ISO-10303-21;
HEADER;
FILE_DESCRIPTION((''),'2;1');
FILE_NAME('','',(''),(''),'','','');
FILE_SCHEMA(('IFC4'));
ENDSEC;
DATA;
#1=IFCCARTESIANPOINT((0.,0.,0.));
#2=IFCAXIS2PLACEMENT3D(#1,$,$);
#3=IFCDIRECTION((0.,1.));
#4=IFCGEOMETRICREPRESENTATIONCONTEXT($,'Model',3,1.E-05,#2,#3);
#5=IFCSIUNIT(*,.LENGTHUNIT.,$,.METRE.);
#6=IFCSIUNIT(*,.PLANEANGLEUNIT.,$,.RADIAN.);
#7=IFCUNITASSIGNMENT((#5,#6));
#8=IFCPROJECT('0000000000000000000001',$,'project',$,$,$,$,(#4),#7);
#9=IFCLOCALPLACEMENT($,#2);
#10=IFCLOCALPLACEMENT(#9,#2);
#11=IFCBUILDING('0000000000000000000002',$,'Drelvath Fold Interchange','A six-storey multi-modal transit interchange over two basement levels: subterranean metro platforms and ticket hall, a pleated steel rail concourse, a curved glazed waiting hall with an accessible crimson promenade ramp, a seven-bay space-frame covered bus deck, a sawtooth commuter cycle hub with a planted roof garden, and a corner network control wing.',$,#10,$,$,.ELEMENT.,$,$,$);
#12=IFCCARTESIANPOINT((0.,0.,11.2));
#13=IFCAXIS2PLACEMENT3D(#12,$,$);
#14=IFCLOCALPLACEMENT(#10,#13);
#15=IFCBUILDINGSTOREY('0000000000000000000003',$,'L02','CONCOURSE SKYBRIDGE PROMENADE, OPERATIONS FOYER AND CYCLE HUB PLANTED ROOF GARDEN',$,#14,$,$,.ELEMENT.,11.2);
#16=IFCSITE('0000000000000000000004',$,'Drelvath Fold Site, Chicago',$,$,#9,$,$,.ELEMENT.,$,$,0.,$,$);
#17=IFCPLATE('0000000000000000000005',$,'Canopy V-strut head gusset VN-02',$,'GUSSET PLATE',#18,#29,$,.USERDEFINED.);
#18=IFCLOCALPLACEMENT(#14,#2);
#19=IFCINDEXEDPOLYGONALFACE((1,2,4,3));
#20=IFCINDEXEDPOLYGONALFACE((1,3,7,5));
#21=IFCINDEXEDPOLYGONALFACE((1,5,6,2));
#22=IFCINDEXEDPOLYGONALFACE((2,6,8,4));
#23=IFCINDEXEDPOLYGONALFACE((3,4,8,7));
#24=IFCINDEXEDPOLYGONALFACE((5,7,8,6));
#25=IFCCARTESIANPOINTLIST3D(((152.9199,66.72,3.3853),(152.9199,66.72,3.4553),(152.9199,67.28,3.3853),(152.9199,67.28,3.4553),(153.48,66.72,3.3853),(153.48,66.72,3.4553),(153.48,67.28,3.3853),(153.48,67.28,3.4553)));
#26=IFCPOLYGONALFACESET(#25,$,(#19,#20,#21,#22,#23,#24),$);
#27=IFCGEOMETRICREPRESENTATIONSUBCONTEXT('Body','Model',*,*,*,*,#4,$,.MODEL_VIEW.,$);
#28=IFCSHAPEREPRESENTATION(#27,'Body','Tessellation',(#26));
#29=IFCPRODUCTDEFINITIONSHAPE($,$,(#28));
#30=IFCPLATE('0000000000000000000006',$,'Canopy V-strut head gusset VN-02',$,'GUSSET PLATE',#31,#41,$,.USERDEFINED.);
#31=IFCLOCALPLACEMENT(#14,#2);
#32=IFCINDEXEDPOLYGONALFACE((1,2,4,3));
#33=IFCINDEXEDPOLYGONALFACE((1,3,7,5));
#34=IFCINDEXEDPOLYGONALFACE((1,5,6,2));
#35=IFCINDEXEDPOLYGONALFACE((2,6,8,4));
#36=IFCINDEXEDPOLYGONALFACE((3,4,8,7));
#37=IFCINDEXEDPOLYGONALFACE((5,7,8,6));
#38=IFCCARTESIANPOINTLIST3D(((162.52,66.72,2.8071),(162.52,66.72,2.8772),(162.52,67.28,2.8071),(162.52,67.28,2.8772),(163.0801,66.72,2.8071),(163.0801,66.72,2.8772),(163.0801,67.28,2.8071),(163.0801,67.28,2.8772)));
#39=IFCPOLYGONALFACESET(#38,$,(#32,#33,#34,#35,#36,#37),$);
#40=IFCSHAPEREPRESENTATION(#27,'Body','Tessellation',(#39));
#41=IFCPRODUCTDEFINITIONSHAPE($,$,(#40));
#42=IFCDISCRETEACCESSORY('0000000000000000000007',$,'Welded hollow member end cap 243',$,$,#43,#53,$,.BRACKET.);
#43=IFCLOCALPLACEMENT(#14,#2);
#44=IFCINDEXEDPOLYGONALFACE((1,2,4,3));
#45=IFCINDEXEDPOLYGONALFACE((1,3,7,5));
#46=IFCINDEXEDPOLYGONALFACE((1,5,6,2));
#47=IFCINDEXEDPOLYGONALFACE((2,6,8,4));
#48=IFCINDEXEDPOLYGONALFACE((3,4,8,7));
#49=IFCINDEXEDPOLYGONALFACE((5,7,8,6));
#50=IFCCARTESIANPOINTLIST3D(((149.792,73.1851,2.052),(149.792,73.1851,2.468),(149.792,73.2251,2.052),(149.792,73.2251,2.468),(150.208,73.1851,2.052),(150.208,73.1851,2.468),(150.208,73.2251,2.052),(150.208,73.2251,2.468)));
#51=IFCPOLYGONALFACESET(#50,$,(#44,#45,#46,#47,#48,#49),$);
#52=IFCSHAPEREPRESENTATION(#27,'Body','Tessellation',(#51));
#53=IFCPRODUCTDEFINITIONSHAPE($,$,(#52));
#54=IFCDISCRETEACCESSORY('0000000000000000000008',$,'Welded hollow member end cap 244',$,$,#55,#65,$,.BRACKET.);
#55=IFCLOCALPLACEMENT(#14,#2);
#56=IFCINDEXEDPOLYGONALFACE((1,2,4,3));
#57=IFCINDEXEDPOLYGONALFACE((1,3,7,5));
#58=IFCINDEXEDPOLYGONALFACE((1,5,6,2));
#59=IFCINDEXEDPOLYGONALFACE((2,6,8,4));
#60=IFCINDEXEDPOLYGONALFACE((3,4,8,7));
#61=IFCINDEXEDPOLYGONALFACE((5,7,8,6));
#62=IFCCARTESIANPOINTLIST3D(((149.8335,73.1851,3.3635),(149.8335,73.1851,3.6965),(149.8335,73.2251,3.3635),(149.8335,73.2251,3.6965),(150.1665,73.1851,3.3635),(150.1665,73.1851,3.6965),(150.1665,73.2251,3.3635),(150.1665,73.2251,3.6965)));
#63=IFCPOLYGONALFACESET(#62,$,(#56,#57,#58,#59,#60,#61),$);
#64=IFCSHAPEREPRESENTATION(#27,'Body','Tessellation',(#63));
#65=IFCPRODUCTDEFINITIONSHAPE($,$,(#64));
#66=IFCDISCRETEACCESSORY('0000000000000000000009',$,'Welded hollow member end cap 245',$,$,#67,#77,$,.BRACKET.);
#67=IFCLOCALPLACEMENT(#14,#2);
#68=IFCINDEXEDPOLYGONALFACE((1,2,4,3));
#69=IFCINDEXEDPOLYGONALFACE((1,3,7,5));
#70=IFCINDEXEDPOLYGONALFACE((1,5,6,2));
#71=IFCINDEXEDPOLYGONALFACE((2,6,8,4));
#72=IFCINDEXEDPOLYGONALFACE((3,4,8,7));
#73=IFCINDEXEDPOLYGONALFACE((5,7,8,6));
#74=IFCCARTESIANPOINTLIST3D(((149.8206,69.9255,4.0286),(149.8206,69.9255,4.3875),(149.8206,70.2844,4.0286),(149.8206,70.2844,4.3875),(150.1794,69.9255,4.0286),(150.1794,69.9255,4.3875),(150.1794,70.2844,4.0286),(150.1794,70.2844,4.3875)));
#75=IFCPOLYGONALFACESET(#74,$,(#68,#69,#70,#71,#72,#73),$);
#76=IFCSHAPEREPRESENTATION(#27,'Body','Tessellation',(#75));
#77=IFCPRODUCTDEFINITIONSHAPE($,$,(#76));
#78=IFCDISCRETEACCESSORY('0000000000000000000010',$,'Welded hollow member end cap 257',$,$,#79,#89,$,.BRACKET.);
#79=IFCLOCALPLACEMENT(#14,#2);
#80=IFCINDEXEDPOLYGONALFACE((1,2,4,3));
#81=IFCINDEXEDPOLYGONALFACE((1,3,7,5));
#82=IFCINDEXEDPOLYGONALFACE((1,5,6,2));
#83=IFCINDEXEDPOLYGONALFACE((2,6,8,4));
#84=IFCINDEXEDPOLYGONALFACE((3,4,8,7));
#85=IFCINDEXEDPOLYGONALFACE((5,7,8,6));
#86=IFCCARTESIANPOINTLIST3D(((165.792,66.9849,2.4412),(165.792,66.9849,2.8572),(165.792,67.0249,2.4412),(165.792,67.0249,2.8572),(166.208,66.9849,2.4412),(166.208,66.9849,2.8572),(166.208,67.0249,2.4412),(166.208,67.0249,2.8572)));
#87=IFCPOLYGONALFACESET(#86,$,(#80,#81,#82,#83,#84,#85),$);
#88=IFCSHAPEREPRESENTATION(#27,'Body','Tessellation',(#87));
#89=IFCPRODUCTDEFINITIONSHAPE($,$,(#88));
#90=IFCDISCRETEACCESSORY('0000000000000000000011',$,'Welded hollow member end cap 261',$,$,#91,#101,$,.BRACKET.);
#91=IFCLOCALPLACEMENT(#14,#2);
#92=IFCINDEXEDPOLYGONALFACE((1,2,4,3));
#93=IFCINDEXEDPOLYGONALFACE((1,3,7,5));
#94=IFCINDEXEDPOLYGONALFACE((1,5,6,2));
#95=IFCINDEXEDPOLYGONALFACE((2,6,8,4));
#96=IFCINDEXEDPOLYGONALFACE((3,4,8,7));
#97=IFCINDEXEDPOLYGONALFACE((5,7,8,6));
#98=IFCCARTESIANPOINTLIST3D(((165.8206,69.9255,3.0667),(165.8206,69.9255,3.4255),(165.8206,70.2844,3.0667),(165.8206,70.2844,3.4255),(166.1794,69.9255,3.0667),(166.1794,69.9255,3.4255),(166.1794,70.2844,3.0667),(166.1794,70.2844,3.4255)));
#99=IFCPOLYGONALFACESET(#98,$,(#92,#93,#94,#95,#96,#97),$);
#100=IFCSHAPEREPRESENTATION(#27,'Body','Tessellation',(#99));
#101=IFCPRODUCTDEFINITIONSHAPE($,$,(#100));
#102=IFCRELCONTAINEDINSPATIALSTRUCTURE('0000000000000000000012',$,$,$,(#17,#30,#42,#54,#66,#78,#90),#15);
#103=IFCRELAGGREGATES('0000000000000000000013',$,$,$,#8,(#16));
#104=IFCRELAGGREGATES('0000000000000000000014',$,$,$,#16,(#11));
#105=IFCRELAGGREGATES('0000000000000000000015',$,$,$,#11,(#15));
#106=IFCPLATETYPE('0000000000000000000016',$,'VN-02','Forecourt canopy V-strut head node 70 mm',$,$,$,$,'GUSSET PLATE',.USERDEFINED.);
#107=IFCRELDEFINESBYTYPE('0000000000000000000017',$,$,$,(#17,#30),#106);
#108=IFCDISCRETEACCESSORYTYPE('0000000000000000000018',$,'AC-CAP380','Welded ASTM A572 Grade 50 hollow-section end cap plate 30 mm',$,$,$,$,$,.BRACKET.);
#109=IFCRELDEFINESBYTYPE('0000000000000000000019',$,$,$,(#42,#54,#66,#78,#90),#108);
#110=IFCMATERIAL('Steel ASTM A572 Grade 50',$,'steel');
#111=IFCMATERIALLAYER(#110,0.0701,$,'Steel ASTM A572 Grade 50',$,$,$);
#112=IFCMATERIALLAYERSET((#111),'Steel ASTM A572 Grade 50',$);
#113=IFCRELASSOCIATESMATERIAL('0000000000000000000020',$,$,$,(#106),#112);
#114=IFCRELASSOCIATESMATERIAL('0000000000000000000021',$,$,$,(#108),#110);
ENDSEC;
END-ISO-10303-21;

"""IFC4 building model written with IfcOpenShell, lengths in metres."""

from ifc_helpers import new_model, si_unit, direction, frame, origin, origin_2d, place, context, subcontext, project, spatial, rectangle, extrude, material, layer, layer_set, type_object, element, save


model = new_model("IFC4")

# Units and contexts
model_context = context("Model", 3, precision=1e-05, world=origin(), true_north=direction((0.0, 1.0)))
body_context = subcontext(model_context, "Body", "Model", "MODEL_VIEW")
ifc_project = project(units=[si_unit("LENGTHUNIT", "METRE"), si_unit("PLANEANGLEUNIT", "RADIAN")], contexts=[model_context])

# Site, building, storey
site_placement = place(None, origin())
site = spatial("IfcSite", under=ifc_project, at=site_placement, Name="Drelvath Fold Site, Chicago", CompositionType="ELEMENT", RefElevation=0.0)
building_placement = place(site_placement, origin())
building = spatial("IfcBuilding", under=site, at=building_placement, Name="Drelvath Fold Interchange", Description="A six-storey multi-modal transit interchange over two basement levels: subterranean metro platforms and ticket hall, a pleated steel rail concourse, a curved glazed waiting hall with an accessible crimson promenade ramp, a seven-bay space-frame covered bus deck, a sawtooth commuter cycle hub with a planted roof garden, and a corner network control wing.", CompositionType="ELEMENT")
storey_placement = place(building_placement, frame((0.0, 0.0, 11.2)))
storey = spatial("IfcBuildingStorey", under=building, at=storey_placement, Name="L02", Description="CONCOURSE SKYBRIDGE PROMENADE, OPERATIONS FOYER AND CYCLE HUB PLANTED ROOF GARDEN", CompositionType="ELEMENT", Elevation=11.2)

# Plates
ifc_material_1 = material(Name="Steel ASTM A572 Grade 50", Category="steel")
ifc_layer_1 = layer(ifc_material_1, 0.0701, Name="Steel ASTM A572 Grade 50")
ifc_layer_set_1 = layer_set([ifc_layer_1], Name="Steel ASTM A572 Grade 50")
plate_type_1 = type_object("IfcPlateType", Name="VN-02", Description="Forecourt canopy V-strut head node 70 mm", ElementType="GUSSET PLATE", PredefinedType="USERDEFINED", material=ifc_layer_set_1)
for number, where, z_axis, x_axis, name in (
    (1, (153.2, 67.0, 3.3853), (0.0, 0.0, 1.0), (1.0, 0.0, 0.0), "Canopy V-strut head gusset VN-02"),
    (2, (162.8, 67.0, 2.8071), (0.0, 0.0, 1.0), (1.0, 0.0, 0.0), "Canopy V-strut head gusset VN-02"),
):
    element("IfcPlate", number, at=place(storey_placement, frame(where, z_axis=z_axis, x_axis=x_axis)), inside=storey, type_object=plate_type_1, Name=name, ObjectType="GUSSET PLATE", PredefinedType="USERDEFINED", context=body_context, shape_type="SweptSolid", body=[
        extrude(rectangle(XDim=0.5601, YDim=0.5601, at=origin_2d()), origin(), (0.0, 0.0, 1.0), 0.0701),
    ])

# Discrete accessories
discrete_accessory_type = type_object("IfcDiscreteAccessoryType", Name="AC-CAP380", Description="Welded ASTM A572 Grade 50 hollow-section end cap plate 30 mm", PredefinedType="BRACKET", material=ifc_material_1)
discrete_accessory_1_placement = place(storey_placement, frame((150.0, 73.2051, 2.052), z_axis=(0.0, 0.0, 1.0), x_axis=(1.0, 0.0, 0.0)))
element("IfcDiscreteAccessory", 3, at=discrete_accessory_1_placement, inside=storey, type_object=discrete_accessory_type, Name="Welded hollow member end cap 243", PredefinedType="BRACKET", context=body_context, shape_type="SweptSolid", body=[
    extrude(rectangle(XDim=0.416, YDim=0.04, at=origin_2d()), origin(), (0.0, 0.0, 1.0), 0.416),
])
discrete_accessory_2_placement = place(storey_placement, frame((150.0, 73.2051, 3.3635), z_axis=(0.0, 0.0, 1.0), x_axis=(1.0, 0.0, 0.0)))
element("IfcDiscreteAccessory", 4, at=discrete_accessory_2_placement, inside=storey, type_object=discrete_accessory_type, Name="Welded hollow member end cap 244", PredefinedType="BRACKET", context=body_context, shape_type="SweptSolid", body=[
    extrude(rectangle(XDim=0.333, YDim=0.04, at=origin_2d()), origin(), (0.0, 0.0, 1.0), 0.333),
])
discrete_accessory_3_placement = place(storey_placement, frame((150.0, 70.105, 4.0286), z_axis=(0.0, 0.0, 1.0), x_axis=(1.0, 0.0, 0.0)))
element("IfcDiscreteAccessory", 5, at=discrete_accessory_3_placement, inside=storey, type_object=discrete_accessory_type, Name="Welded hollow member end cap 245", PredefinedType="BRACKET", context=body_context, shape_type="SweptSolid", body=[
    extrude(rectangle(XDim=0.3589, YDim=0.3589, at=origin_2d()), origin(), (0.0, 0.0, 1.0), 0.3589),
])
discrete_accessory_4_placement = place(storey_placement, frame((166.0, 67.0049, 2.4412), z_axis=(0.0, 0.0, 1.0), x_axis=(1.0, 0.0, 0.0)))
element("IfcDiscreteAccessory", 6, at=discrete_accessory_4_placement, inside=storey, type_object=discrete_accessory_type, Name="Welded hollow member end cap 257", PredefinedType="BRACKET", context=body_context, shape_type="SweptSolid", body=[
    extrude(rectangle(XDim=0.416, YDim=0.04, at=origin_2d()), origin(), (0.0, 0.0, 1.0), 0.416),
])
discrete_accessory_5_placement = place(storey_placement, frame((166.0, 70.105, 3.0667), z_axis=(0.0, 0.0, 1.0), x_axis=(1.0, 0.0, 0.0)))
element("IfcDiscreteAccessory", 7, at=discrete_accessory_5_placement, inside=storey, type_object=discrete_accessory_type, Name="Welded hollow member end cap 261", PredefinedType="BRACKET", context=body_context, shape_type="SweptSolid", body=[
    extrude(rectangle(XDim=0.3589, YDim=0.3589, at=origin_2d()), origin(), (0.0, 0.0, 1.0), 0.3589),
])

save(model, "model.ifc")
